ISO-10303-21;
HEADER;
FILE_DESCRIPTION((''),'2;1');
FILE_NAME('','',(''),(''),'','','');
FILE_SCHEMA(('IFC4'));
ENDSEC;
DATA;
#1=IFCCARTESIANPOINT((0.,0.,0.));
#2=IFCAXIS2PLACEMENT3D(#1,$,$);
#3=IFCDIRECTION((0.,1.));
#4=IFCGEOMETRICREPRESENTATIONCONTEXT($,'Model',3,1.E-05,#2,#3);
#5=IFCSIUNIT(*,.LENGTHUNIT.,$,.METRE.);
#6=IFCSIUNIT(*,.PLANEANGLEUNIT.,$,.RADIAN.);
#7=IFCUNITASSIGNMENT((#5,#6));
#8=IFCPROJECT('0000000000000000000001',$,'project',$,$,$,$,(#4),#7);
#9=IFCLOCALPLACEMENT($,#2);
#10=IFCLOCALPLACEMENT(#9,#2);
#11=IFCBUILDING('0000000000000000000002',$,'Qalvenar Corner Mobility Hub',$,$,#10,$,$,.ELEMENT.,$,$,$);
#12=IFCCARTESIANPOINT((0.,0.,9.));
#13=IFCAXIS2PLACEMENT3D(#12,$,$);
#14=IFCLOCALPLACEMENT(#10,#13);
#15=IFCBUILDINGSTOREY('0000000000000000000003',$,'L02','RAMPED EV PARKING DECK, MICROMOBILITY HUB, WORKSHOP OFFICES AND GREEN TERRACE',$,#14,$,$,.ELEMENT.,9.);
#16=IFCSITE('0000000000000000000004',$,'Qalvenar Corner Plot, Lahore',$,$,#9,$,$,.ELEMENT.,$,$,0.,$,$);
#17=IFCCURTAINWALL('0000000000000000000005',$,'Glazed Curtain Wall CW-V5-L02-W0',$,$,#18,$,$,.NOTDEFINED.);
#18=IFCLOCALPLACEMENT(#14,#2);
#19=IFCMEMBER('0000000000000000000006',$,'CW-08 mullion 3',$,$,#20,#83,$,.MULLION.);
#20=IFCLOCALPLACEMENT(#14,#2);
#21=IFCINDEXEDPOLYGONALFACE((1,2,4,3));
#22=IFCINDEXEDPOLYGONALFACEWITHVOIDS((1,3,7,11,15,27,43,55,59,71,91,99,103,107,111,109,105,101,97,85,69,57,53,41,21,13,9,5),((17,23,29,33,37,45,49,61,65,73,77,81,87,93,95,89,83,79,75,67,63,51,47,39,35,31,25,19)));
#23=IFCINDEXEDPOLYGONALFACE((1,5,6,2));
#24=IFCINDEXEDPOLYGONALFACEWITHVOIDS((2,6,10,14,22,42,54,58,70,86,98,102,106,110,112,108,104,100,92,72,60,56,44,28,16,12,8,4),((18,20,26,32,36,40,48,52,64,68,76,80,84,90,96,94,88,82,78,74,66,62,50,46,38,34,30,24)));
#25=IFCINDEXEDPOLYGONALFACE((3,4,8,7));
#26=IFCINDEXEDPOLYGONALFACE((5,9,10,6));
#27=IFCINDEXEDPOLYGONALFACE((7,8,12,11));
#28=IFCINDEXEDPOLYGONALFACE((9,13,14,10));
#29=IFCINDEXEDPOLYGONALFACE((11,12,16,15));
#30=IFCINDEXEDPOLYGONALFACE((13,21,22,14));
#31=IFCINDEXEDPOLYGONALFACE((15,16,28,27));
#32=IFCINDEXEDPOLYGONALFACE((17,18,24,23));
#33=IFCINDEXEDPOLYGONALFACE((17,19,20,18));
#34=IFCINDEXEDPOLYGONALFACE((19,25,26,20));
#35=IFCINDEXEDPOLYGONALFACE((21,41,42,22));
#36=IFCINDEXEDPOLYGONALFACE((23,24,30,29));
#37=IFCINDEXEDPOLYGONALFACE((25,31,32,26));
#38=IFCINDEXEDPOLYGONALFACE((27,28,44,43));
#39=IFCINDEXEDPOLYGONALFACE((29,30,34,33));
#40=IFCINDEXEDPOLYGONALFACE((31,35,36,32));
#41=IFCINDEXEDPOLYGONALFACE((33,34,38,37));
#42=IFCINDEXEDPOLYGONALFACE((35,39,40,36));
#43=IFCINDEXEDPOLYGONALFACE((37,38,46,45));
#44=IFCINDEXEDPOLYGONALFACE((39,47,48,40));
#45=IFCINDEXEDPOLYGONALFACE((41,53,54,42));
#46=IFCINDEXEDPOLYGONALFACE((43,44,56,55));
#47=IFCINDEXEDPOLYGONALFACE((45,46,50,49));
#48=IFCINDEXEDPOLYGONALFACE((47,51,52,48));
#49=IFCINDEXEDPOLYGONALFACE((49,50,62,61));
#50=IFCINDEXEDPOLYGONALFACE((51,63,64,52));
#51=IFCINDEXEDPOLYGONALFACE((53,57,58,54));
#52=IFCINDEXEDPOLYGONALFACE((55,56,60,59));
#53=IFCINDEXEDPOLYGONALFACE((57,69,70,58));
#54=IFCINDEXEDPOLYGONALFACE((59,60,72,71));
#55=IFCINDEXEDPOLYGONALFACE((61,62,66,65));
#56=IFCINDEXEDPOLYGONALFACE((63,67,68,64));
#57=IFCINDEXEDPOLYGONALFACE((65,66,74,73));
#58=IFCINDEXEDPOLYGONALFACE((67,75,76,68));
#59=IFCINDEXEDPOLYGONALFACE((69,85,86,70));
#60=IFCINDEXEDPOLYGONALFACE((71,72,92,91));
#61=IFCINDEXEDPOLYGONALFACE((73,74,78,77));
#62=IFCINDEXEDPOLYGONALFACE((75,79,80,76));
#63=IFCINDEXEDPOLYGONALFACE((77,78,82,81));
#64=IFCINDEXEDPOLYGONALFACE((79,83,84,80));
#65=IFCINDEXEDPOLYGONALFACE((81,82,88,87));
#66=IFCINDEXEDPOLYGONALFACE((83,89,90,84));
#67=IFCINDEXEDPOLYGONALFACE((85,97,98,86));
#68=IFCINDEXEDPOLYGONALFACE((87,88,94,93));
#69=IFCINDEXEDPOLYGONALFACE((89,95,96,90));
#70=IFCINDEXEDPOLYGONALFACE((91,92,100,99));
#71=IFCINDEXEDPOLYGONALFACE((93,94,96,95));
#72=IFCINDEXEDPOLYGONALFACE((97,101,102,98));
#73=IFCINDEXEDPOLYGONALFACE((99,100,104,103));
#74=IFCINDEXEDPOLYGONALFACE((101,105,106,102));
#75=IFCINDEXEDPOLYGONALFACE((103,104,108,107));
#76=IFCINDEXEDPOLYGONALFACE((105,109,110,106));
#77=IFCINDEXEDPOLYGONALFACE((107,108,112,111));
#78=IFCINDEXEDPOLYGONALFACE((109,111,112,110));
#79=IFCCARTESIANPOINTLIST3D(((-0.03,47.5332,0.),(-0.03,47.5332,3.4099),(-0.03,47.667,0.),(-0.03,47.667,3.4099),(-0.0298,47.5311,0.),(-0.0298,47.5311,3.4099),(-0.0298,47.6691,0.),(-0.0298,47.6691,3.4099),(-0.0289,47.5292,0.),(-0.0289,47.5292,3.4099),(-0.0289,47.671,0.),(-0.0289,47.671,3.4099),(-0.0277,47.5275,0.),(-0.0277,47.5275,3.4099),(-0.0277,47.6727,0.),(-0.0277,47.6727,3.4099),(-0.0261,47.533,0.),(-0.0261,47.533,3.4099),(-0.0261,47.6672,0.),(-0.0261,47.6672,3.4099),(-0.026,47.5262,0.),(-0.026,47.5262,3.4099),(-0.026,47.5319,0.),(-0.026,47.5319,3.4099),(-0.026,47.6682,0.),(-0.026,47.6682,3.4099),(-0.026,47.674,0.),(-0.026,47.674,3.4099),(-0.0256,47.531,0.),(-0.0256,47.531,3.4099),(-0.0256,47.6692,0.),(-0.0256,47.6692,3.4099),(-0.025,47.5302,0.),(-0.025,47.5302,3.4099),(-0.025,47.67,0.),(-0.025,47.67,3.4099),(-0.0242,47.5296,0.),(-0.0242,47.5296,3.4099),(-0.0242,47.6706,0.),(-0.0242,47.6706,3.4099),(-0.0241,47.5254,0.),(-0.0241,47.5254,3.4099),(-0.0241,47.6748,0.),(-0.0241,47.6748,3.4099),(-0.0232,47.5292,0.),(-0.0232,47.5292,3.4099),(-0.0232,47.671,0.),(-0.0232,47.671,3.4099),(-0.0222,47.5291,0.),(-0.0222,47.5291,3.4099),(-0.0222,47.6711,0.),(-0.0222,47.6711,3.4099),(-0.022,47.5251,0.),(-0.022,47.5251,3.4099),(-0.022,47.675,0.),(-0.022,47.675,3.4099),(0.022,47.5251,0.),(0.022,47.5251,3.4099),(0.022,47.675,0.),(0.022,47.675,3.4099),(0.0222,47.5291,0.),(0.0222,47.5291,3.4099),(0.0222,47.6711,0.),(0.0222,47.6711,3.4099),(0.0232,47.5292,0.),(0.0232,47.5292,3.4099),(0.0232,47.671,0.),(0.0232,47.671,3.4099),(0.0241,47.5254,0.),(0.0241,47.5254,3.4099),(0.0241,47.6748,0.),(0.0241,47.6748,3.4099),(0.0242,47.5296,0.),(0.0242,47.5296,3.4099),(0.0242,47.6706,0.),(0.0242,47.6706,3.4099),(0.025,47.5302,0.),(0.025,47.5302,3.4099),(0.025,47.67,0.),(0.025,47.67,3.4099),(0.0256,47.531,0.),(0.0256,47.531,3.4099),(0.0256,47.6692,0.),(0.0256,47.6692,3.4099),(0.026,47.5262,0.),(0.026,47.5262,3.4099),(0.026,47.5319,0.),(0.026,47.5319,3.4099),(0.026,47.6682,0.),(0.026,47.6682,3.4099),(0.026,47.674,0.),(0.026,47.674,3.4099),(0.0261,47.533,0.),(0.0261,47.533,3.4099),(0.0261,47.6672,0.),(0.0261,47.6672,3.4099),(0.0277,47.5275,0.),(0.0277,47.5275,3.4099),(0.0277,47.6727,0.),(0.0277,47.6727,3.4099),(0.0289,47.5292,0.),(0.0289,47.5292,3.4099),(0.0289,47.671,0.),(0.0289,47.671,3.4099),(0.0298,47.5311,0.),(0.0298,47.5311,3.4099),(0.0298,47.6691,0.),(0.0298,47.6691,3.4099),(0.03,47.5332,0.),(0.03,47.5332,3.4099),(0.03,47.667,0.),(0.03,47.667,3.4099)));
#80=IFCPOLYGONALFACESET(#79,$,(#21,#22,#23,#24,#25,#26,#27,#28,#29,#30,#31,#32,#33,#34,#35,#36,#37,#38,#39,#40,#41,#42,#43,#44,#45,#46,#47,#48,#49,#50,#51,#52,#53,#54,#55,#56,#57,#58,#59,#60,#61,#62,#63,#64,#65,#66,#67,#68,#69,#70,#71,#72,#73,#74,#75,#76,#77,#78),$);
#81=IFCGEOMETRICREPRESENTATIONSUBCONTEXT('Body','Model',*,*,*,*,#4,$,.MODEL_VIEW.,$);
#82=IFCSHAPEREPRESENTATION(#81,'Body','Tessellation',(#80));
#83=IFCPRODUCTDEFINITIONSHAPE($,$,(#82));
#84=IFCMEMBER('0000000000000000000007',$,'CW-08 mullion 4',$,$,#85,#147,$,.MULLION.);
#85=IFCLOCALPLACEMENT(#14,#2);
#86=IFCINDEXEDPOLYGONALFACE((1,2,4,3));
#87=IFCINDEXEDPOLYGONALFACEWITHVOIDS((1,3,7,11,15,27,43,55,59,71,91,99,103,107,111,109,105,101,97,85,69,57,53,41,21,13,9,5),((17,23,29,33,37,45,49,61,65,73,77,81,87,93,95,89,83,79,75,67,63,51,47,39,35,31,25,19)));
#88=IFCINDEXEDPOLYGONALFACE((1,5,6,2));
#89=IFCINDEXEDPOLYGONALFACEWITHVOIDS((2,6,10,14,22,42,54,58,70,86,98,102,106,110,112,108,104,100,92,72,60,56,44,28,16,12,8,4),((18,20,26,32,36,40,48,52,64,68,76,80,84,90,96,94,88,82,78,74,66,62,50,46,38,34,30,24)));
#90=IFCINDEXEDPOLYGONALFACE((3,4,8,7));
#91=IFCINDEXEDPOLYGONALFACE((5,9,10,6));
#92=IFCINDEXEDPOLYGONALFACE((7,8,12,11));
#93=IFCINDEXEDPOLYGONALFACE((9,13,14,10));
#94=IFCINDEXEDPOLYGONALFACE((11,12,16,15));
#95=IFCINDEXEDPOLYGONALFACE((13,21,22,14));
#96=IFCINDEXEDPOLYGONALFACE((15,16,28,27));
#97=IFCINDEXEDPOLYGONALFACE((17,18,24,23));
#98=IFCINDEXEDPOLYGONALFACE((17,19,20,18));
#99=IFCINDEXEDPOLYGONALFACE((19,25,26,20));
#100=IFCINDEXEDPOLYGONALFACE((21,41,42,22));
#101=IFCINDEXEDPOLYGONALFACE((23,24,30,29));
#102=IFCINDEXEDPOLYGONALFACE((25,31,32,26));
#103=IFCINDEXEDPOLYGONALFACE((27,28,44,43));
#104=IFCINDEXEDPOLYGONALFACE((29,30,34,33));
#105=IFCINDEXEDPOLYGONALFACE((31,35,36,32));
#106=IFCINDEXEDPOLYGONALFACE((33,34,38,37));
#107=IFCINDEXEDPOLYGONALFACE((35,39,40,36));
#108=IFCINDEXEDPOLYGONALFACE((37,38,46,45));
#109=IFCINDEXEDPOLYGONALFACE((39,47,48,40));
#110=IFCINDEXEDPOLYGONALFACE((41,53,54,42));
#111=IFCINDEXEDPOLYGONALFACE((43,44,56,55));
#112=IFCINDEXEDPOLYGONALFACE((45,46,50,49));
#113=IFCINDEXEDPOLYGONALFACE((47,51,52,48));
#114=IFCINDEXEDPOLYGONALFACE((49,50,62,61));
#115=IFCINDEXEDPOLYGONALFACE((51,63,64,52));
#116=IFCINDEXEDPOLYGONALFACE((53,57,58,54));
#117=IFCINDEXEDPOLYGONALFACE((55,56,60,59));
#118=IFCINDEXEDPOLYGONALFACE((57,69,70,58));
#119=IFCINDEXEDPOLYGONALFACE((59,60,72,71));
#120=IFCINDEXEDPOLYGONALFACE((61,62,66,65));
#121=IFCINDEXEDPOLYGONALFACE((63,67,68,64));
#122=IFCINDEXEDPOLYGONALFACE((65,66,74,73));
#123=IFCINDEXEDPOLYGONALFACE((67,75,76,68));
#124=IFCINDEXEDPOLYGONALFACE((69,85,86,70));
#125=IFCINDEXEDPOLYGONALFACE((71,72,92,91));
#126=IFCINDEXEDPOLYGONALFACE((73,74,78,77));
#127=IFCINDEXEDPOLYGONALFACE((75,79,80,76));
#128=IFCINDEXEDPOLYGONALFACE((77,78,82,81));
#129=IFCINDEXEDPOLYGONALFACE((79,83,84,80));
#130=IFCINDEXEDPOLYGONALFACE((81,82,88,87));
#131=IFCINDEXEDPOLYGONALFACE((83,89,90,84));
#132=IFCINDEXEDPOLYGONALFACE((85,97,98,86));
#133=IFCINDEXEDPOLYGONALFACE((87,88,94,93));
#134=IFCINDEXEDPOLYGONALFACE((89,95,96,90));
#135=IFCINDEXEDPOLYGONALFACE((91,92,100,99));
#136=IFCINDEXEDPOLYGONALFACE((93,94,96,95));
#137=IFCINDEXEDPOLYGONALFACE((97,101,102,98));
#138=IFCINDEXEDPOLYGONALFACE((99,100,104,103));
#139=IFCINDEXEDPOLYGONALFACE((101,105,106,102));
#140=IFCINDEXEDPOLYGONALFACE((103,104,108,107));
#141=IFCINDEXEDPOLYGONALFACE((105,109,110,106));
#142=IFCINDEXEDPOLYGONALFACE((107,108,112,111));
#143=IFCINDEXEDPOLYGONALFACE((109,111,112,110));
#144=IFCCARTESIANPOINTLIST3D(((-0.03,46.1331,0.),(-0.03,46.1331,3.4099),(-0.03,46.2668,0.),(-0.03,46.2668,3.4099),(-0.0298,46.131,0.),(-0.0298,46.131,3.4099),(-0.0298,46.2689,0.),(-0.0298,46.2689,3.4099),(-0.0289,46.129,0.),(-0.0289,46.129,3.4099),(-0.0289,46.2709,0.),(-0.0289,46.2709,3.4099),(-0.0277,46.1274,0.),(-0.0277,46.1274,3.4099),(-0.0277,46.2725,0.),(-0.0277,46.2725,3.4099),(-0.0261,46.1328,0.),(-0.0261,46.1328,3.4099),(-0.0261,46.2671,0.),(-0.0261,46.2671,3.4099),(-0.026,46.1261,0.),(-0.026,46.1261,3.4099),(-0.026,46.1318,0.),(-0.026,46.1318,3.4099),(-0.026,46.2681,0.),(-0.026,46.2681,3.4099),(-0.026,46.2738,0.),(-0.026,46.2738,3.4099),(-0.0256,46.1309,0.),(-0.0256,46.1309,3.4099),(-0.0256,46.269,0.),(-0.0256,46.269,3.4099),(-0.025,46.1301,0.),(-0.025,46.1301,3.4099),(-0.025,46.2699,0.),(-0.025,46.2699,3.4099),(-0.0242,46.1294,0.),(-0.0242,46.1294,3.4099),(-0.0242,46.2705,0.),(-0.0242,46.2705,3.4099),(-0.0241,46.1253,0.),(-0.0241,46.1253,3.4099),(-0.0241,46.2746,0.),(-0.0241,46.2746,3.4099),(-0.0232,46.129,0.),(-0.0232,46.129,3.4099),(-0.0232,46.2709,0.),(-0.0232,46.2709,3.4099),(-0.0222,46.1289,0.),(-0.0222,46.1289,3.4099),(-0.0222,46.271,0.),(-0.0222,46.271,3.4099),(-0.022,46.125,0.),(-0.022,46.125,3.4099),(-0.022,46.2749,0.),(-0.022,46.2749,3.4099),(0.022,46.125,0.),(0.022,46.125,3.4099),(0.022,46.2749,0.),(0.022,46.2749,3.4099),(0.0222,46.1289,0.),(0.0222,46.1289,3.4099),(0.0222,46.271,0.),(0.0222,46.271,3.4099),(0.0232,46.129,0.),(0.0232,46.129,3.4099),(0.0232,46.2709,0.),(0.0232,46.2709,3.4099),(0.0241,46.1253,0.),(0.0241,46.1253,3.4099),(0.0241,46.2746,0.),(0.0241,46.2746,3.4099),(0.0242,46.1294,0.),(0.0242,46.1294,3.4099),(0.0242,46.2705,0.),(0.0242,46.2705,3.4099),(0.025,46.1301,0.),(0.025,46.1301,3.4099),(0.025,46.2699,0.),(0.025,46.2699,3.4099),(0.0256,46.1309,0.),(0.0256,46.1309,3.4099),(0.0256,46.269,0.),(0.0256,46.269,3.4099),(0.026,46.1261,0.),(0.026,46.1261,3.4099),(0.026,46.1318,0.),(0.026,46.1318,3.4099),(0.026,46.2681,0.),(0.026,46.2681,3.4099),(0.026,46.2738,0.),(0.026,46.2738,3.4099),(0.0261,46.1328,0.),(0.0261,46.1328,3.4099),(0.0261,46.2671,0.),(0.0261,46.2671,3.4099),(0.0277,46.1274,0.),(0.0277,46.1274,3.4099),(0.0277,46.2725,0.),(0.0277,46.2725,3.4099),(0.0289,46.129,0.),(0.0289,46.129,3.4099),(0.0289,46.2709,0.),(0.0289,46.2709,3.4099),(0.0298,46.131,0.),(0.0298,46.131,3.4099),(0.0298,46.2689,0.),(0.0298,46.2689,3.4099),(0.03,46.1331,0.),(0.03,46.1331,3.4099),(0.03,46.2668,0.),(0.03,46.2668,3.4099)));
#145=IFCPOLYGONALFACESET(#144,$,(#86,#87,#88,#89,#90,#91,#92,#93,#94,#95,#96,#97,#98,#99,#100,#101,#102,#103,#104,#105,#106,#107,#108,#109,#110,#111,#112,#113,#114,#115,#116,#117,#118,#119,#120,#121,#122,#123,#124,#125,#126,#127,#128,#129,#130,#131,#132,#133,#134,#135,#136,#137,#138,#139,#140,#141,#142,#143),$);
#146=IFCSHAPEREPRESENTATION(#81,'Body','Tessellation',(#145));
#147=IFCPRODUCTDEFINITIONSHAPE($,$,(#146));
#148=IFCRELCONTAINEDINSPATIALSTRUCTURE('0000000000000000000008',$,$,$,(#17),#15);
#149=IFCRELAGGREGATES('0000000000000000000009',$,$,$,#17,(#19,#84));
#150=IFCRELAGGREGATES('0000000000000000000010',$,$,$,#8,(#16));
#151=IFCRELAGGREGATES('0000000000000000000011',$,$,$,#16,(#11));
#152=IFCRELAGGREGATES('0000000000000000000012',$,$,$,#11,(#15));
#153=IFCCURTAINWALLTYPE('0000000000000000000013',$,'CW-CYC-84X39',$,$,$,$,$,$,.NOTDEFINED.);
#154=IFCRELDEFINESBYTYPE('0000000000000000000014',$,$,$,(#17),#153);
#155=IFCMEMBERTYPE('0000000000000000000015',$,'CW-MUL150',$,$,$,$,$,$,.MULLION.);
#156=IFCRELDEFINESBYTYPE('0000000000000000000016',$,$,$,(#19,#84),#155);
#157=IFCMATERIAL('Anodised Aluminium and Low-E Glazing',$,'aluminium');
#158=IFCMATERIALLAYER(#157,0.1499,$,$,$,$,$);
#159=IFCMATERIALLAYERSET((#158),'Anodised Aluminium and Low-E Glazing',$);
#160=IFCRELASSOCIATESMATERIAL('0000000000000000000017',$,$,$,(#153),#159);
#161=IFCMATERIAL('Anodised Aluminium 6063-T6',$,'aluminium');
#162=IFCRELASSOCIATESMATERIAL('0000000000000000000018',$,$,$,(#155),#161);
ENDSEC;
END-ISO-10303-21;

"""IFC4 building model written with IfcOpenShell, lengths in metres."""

from ifc_helpers import new_model, si_unit, direction, frame, origin, origin_2d, place, context, subcontext, project, spatial, hollow_rectangle, extrude, material, layer, layer_set, material_profile, profile_set, type_object, element, aggregate, save


model = new_model("IFC4")

# Units and contexts
model_context = context("Model", 3, precision=1e-05, world=origin(), true_north=direction((0.0, 1.0)))
body_context = subcontext(model_context, "Body", "Model", "MODEL_VIEW")
ifc_project = project(units=[si_unit("LENGTHUNIT", "METRE"), si_unit("PLANEANGLEUNIT", "RADIAN")], contexts=[model_context])

# Site, building, storey
site_placement = place(None, origin())
site = spatial("IfcSite", under=ifc_project, at=site_placement, Name="Qalvenar Corner Plot, Lahore", CompositionType="ELEMENT", RefElevation=0.0)
building_placement = place(site_placement, origin())
building = spatial("IfcBuilding", under=site, at=building_placement, Name="Qalvenar Corner Mobility Hub", CompositionType="ELEMENT")
storey_placement = place(building_placement, frame((0.0, 0.0, 9.0)))
storey = spatial("IfcBuildingStorey", under=building, at=storey_placement, Name="L02", Description="RAMPED EV PARKING DECK, MICROMOBILITY HUB, WORKSHOP OFFICES AND GREEN TERRACE", CompositionType="ELEMENT", Elevation=9.0)

# Curtain wall, members
ifc_material_1 = material(Name="Anodised Aluminium and Low-E Glazing", Category="aluminium")
ifc_layer_1 = layer(ifc_material_1, 0.1499)
ifc_layer_set_1 = layer_set([ifc_layer_1], Name="Anodised Aluminium and Low-E Glazing")
curtain_wall_type = type_object("IfcCurtainWallType", Name="CW-CYC-84X39", PredefinedType="NOTDEFINED", material=ifc_layer_set_1)
curtain_wall_placement = place(storey_placement, origin())
curtain_wall = element("IfcCurtainWall", 1, at=curtain_wall_placement, inside=storey, type_object=curtain_wall_type, Name="Glazed Curtain Wall CW-V5-L02-W0", PredefinedType="NOTDEFINED")
ifc_material_2 = material(Name="Anodised Aluminium 6063-T6", Category="aluminium")
ifc_material_profile_1 = material_profile(ifc_material_2, hollow_rectangle(XDim=0.0601, YDim=0.1499, WallThickness=0.0039, InnerFilletRadius=0.0039, OuterFilletRadius=0.0081, at=origin_2d()), Name="RHS150x60x4")
ifc_profile_set_1 = profile_set([ifc_material_profile_1], Name="Anodised Aluminium 6063-T6")
member_type_1 = type_object("IfcMemberType", Name="CW-MUL150", PredefinedType="MULLION", material=ifc_profile_set_1)
member_1_placement = place(storey_placement, frame((0.0, 47.6001, 0.0), z_axis=(0.0, 0.0, 1.0), x_axis=(1.0, 0.0, 0.0)))
member_1 = element("IfcMember", 2, at=member_1_placement, type_object=member_type_1, Name="CW-08 mullion 3", PredefinedType="MULLION", context=body_context, shape_type="SweptSolid", body=[
    extrude(hollow_rectangle(XDim=0.0601, YDim=0.1499, WallThickness=0.0039, InnerFilletRadius=0.0039, OuterFilletRadius=0.0081, at=origin_2d()), origin(), (0.0, 0.0, 1.0), 3.4099),
])
member_2_placement = place(storey_placement, frame((0.0, 46.2, 0.0), z_axis=(0.0, 0.0, 1.0), x_axis=(1.0, 0.0, 0.0)))
member_2 = element("IfcMember", 3, at=member_2_placement, type_object=member_type_1, Name="CW-08 mullion 4", PredefinedType="MULLION", context=body_context, shape_type="SweptSolid", body=[
    extrude(hollow_rectangle(XDim=0.0601, YDim=0.1499, WallThickness=0.0039, InnerFilletRadius=0.0039, OuterFilletRadius=0.0081, at=origin_2d()), origin(), (0.0, 0.0, 1.0), 3.4099),
])
aggregate(curtain_wall, [member_1, member_2])

save(model, "model.ifc")
